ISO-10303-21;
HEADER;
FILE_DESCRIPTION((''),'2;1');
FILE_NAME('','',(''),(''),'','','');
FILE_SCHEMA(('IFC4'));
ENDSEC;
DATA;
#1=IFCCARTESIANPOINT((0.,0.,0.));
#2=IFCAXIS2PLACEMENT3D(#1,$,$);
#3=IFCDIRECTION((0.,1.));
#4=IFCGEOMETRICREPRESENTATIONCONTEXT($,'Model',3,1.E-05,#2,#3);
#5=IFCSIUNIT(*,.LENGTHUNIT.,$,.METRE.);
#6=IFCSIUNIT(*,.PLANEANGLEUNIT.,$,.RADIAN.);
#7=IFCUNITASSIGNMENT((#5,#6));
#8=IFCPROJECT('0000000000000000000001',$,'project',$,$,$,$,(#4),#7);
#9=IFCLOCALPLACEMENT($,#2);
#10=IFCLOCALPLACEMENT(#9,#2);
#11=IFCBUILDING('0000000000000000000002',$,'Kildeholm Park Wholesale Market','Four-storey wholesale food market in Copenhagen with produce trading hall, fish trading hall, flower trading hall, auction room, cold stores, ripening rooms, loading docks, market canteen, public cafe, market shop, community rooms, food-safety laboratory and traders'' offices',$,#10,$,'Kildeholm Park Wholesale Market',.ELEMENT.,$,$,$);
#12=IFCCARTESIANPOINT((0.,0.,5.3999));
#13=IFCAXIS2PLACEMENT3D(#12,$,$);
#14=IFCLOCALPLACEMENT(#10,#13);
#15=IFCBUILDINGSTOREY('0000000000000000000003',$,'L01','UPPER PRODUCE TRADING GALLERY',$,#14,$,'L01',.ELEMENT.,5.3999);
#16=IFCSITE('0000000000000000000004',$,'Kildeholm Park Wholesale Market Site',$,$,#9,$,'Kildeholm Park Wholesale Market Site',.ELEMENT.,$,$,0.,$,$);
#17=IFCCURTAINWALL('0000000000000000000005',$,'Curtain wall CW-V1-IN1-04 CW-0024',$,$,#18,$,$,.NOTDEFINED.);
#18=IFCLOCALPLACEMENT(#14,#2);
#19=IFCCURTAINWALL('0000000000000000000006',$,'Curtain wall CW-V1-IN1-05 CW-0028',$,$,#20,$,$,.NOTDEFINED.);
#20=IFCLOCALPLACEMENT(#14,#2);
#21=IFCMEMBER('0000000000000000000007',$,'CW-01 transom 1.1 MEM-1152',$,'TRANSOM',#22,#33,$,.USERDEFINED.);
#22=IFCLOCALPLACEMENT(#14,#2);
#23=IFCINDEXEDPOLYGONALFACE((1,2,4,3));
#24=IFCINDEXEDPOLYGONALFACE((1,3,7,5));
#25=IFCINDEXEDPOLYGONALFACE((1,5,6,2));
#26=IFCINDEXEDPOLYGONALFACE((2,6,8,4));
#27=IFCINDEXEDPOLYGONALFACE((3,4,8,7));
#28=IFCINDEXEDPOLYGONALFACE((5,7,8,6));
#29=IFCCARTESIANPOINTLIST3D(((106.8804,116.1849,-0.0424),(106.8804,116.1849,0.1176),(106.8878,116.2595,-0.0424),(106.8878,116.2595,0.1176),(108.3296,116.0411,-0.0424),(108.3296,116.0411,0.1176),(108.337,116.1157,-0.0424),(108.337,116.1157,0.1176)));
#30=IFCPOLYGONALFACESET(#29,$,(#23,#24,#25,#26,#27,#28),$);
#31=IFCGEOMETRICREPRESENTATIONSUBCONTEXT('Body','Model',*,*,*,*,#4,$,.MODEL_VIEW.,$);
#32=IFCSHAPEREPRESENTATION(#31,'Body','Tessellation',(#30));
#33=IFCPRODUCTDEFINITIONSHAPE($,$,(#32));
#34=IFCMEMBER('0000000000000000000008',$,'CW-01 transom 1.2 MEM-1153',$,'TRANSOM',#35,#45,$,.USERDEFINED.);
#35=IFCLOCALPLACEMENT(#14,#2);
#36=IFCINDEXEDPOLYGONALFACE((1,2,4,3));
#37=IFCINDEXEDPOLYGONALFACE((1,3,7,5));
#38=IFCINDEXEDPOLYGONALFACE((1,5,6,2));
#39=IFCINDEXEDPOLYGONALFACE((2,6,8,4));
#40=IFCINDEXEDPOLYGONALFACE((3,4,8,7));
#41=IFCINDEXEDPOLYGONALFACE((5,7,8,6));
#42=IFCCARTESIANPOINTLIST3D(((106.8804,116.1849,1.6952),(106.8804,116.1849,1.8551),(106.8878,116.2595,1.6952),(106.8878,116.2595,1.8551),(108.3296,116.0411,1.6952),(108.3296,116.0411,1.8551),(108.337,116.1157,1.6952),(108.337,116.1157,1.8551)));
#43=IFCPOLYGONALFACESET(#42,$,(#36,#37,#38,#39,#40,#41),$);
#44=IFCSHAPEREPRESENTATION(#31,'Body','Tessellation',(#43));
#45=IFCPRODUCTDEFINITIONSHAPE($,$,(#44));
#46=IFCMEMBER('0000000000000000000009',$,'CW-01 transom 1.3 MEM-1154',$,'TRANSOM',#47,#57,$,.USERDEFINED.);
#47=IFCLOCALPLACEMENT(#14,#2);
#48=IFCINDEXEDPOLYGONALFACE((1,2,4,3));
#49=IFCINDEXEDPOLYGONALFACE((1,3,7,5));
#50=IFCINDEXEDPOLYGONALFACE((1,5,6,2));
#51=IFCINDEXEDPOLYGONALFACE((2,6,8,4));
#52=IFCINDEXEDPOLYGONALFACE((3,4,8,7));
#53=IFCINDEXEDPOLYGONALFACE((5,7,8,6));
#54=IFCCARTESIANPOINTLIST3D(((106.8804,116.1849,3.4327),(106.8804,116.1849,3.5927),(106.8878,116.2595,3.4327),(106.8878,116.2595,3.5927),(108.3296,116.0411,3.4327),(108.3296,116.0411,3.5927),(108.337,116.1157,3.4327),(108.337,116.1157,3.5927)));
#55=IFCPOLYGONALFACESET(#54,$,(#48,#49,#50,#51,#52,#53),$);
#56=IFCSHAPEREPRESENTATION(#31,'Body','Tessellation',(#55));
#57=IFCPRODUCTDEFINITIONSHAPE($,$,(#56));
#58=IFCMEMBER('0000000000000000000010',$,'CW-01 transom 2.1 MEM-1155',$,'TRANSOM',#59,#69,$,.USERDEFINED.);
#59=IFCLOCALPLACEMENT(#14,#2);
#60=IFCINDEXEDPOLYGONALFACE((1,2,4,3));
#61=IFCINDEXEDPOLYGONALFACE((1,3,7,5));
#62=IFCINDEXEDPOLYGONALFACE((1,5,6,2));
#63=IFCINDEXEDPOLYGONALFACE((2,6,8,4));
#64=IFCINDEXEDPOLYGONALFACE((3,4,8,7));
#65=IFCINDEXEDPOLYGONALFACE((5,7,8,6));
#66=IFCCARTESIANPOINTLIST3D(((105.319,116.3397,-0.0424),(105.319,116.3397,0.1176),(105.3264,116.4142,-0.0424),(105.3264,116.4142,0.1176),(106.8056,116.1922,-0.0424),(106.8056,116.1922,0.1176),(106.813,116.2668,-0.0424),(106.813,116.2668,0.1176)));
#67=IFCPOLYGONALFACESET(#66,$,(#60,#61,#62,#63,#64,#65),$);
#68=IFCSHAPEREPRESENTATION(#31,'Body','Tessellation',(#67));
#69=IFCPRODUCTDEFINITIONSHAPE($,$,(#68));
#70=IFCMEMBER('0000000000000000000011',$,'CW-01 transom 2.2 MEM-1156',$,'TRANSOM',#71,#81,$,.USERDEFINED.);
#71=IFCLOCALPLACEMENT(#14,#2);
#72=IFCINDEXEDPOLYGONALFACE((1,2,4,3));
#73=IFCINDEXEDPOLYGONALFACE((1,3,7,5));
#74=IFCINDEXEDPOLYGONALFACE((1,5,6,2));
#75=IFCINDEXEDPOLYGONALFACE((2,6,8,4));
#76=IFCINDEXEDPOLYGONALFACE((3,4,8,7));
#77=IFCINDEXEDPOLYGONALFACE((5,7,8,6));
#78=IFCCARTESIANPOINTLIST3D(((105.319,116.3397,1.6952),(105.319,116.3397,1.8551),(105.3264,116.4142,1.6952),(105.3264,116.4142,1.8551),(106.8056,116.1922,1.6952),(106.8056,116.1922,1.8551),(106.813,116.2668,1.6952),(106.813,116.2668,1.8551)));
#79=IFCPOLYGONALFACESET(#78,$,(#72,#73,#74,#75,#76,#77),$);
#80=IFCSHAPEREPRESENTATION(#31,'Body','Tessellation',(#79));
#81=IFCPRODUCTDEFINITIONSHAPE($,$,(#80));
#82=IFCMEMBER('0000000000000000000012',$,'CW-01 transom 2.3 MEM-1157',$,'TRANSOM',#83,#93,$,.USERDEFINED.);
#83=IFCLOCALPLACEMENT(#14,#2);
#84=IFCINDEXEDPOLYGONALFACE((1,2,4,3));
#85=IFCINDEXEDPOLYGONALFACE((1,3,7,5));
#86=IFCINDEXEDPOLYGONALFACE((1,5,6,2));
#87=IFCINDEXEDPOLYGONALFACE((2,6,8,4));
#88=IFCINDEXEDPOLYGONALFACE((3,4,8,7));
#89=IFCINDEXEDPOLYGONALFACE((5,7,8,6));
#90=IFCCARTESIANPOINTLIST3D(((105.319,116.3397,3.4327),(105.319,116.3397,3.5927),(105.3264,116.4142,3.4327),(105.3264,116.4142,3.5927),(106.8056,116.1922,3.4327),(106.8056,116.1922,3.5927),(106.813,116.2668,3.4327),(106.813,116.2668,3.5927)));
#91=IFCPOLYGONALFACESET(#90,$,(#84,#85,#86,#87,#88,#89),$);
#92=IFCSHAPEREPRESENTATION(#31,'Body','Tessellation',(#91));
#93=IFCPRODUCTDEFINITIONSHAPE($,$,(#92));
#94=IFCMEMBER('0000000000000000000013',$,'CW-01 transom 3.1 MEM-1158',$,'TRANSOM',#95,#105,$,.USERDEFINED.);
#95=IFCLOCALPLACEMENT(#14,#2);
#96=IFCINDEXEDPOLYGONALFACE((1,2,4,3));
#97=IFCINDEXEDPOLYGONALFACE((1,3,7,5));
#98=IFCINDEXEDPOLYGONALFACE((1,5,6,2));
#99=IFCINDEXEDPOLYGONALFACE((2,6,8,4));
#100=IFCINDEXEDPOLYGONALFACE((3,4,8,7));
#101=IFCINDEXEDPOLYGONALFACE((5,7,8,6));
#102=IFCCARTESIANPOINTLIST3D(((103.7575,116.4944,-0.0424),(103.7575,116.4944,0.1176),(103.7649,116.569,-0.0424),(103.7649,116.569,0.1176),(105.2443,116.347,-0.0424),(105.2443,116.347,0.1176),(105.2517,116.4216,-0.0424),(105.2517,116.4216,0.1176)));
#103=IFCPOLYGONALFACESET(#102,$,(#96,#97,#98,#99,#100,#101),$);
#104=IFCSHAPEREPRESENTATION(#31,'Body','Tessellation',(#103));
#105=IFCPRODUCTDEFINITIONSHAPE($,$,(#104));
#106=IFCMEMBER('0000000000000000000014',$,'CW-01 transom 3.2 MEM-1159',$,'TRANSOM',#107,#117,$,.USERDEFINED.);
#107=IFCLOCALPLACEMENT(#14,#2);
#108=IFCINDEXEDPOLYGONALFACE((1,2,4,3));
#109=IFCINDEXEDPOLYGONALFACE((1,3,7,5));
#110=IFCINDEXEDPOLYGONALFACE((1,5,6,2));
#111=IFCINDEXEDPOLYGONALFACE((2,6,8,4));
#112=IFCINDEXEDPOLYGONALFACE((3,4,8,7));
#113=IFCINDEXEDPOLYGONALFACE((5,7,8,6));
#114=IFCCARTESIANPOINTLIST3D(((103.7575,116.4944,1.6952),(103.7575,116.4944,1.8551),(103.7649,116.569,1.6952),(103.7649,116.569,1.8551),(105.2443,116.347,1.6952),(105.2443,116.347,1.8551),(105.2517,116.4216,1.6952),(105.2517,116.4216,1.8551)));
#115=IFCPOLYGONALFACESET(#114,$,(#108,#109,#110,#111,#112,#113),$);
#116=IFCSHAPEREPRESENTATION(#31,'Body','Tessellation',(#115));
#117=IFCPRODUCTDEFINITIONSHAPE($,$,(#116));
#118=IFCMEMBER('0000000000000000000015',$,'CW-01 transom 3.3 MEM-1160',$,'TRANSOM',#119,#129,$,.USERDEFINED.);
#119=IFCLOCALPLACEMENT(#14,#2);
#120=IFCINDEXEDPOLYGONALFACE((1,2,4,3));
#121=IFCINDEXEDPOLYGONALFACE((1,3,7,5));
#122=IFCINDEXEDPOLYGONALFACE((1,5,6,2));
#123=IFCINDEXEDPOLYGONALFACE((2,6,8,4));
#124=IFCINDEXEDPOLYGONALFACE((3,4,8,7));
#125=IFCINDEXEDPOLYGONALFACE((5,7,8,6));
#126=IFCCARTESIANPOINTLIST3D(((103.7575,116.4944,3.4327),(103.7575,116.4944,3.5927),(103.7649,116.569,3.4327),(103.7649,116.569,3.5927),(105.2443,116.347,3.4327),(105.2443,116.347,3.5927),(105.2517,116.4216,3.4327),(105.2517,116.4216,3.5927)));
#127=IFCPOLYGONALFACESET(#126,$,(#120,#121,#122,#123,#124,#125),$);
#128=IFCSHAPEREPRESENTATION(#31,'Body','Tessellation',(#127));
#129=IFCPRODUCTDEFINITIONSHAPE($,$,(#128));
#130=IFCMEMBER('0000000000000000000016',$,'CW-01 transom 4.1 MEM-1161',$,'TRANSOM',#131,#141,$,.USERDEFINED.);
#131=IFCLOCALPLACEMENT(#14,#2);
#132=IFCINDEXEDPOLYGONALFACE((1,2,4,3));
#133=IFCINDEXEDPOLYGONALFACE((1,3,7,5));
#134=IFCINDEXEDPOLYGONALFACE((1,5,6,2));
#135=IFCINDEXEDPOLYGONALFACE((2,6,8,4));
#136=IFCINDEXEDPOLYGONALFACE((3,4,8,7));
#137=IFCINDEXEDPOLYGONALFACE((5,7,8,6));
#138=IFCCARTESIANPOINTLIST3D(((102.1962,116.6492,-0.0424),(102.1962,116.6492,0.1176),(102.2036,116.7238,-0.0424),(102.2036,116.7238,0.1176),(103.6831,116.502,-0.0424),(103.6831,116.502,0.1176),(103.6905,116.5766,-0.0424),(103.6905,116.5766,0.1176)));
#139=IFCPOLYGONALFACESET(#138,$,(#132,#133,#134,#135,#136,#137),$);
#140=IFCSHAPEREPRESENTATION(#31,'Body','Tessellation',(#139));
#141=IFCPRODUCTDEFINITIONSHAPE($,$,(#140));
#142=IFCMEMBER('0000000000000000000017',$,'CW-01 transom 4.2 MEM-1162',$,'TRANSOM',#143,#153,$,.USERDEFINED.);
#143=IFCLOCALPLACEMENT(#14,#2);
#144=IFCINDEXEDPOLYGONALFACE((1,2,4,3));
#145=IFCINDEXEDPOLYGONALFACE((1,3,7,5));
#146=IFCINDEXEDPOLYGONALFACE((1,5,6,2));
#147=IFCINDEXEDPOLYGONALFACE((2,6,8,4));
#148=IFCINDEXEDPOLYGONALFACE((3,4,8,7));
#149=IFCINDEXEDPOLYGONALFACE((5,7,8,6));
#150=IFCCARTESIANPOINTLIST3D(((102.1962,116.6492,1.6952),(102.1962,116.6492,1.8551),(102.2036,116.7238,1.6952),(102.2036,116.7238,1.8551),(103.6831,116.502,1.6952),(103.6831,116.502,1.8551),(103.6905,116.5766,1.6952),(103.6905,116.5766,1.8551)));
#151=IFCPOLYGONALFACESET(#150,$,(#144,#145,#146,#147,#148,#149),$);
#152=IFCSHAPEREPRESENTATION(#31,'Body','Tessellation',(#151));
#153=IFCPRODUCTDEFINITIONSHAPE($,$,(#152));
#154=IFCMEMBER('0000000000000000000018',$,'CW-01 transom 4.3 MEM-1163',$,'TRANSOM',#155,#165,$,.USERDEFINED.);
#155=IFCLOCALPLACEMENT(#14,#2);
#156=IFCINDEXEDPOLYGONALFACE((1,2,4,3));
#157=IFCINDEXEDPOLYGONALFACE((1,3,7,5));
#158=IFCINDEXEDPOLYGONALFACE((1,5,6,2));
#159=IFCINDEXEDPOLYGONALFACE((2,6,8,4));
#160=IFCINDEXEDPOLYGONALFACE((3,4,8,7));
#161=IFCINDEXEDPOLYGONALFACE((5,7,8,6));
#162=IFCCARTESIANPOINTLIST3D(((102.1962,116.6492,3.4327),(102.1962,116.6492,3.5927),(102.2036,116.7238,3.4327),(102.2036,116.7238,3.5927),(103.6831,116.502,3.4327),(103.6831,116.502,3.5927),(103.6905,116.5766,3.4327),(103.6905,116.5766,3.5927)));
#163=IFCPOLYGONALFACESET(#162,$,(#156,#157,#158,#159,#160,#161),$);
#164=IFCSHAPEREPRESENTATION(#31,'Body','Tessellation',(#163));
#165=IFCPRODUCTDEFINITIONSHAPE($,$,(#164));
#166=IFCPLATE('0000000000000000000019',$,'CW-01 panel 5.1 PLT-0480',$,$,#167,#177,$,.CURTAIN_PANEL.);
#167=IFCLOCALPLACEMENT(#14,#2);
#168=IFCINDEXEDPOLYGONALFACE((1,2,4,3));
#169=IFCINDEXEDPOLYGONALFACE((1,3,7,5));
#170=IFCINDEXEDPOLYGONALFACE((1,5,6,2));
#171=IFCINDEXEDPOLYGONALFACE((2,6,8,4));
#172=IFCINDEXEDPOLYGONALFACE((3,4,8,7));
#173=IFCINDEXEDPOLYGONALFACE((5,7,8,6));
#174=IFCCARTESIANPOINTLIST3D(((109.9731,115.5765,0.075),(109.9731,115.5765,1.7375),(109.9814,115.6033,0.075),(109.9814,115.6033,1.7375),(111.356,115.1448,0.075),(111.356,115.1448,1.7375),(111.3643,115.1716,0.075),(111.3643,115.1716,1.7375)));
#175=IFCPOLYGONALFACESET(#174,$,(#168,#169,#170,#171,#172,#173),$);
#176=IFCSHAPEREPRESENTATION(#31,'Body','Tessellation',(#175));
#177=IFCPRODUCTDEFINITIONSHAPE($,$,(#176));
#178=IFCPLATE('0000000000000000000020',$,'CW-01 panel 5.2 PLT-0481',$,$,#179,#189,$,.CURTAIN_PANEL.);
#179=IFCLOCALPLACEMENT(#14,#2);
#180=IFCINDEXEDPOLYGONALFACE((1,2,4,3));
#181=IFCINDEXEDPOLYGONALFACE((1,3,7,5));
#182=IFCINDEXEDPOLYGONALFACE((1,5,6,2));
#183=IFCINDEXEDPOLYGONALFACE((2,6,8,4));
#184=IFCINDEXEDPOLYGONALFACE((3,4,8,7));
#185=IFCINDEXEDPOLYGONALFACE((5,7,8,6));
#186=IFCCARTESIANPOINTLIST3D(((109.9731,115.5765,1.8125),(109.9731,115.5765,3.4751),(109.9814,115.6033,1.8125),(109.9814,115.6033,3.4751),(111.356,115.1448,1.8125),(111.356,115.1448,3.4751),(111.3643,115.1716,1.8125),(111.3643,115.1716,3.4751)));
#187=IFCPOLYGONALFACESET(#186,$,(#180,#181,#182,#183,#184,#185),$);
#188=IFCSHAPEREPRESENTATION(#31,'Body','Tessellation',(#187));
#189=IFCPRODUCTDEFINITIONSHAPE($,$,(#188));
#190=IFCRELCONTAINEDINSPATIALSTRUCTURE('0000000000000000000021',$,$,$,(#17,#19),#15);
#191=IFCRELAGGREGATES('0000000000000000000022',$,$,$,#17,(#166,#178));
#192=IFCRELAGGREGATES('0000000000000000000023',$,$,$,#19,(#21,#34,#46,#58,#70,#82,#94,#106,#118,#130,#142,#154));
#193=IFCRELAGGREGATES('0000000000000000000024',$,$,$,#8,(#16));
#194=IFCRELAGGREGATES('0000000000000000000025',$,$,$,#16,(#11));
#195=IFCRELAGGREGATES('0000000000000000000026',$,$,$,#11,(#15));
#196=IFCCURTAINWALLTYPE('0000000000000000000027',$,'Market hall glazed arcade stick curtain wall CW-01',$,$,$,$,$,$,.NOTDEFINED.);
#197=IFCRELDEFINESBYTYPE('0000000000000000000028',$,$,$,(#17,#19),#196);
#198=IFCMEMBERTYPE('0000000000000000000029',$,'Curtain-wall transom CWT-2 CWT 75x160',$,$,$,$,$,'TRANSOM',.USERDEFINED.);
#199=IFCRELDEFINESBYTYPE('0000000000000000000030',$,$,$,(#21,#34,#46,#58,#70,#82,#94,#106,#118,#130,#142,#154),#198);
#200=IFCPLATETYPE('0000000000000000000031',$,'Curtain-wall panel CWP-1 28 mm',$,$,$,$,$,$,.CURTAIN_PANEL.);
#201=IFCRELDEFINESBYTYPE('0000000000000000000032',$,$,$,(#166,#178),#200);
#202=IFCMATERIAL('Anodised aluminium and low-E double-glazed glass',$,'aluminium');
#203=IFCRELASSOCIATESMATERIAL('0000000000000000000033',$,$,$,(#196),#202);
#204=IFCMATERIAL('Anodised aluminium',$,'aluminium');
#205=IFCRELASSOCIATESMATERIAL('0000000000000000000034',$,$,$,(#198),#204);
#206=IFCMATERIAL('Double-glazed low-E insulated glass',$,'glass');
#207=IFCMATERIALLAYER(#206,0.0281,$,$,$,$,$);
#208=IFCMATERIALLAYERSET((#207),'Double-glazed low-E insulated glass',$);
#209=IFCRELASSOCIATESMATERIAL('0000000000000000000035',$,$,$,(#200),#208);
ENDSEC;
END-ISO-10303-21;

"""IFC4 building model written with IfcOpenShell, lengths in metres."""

from ifc_helpers import new_model, si_unit, direction, frame, origin, origin_2d, place, context, subcontext, project, spatial, rectangle, extrude, material, layer, layer_set, material_profile, profile_set, type_object, element, aggregate, save


model = new_model("IFC4")

# Units and contexts
model_context = context("Model", 3, precision=1e-05, world=origin(), true_north=direction((0.0, 1.0)))
body_context = subcontext(model_context, "Body", "Model", "MODEL_VIEW")
ifc_project = project(units=[si_unit("LENGTHUNIT", "METRE"), si_unit("PLANEANGLEUNIT", "RADIAN")], contexts=[model_context])

# Site, building, storey
site_placement = place(None, origin())
site = spatial("IfcSite", under=ifc_project, at=site_placement, Name="Kildeholm Park Wholesale Market Site", LongName="Kildeholm Park Wholesale Market Site", CompositionType="ELEMENT", RefElevation=0.0)
building_placement = place(site_placement, origin())
building = spatial("IfcBuilding", under=site, at=building_placement, Name="Kildeholm Park Wholesale Market", Description="Four-storey wholesale food market in Copenhagen with produce trading hall, fish trading hall, flower trading hall, auction room, cold stores, ripening rooms, loading docks, market canteen, public cafe, market shop, community rooms, food-safety laboratory and traders' offices", LongName="Kildeholm Park Wholesale Market", CompositionType="ELEMENT")
storey_placement = place(building_placement, frame((0.0, 0.0, 5.3999)))
storey = spatial("IfcBuildingStorey", under=building, at=storey_placement, Name="L01", Description="UPPER PRODUCE TRADING GALLERY", LongName="L01", CompositionType="ELEMENT", Elevation=5.3999)

# Curtain walls
ifc_material_1 = material(Name="Anodised aluminium and low-E double-glazed glass", Category="aluminium")
curtain_wall_type = type_object("IfcCurtainWallType", Name="Market hall glazed arcade stick curtain wall CW-01", PredefinedType="NOTDEFINED", material=ifc_material_1)
curtain_wall_1_placement = place(storey_placement, origin())
curtain_wall_1 = element("IfcCurtainWall", 1, at=curtain_wall_1_placement, inside=storey, type_object=curtain_wall_type, Name="Curtain wall CW-V1-IN1-04 CW-0024", PredefinedType="NOTDEFINED")
ifc_material_2 = material(Name="Anodised aluminium", Category="aluminium")
curtain_wall_2_placement = place(storey_placement, origin())
curtain_wall_2 = element("IfcCurtainWall", 2, at=curtain_wall_2_placement, inside=storey, type_object=curtain_wall_type, Name="Curtain wall CW-V1-IN1-05 CW-0028", PredefinedType="NOTDEFINED")

# Members
ifc_material_profile_1 = material_profile(ifc_material_2, rectangle(XDim=0.075, YDim=0.1599, at=origin_2d()), Name="CWT 75x160")
ifc_profile_set_1 = profile_set([ifc_material_profile_1], Name="Anodised aluminium")
member_type_1 = type_object("IfcMemberType", Name="Curtain-wall transom CWT-2 CWT 75x160", ElementType="TRANSOM", PredefinedType="USERDEFINED", material=ifc_profile_set_1)
member_1_placement = place(storey_placement, frame((108.3333, 116.0784, 0.0376), z_axis=(-0.995113, 0.09874, 0.0), x_axis=(-0.09874, -0.995113, 0.0)))
member_1 = element("IfcMember", 3, at=member_1_placement, type_object=member_type_1, Name="CW-01 transom 1.1 MEM-1152", ObjectType="TRANSOM", PredefinedType="USERDEFINED", context=body_context, shape_type="SweptSolid", body=[
    extrude(rectangle(XDim=0.075, YDim=0.1599, at=origin_2d()), origin(), (0.0, 0.0, 1.0), 1.4563),
])
member_2_placement = place(storey_placement, frame((108.3333, 116.0784, 1.7751), z_axis=(-0.995113, 0.09874, 0.0), x_axis=(-0.09874, -0.995113, 0.0)))
member_2 = element("IfcMember", 4, at=member_2_placement, type_object=member_type_1, Name="CW-01 transom 1.2 MEM-1153", ObjectType="TRANSOM", PredefinedType="USERDEFINED", context=body_context, shape_type="SweptSolid", body=[
    extrude(rectangle(XDim=0.075, YDim=0.1599, at=origin_2d()), origin(), (0.0, 0.0, 1.0), 1.4563),
])
member_3_placement = place(storey_placement, frame((108.3333, 116.0784, 3.5127), z_axis=(-0.995113, 0.09874, 0.0), x_axis=(-0.09874, -0.995113, 0.0)))
member_3 = element("IfcMember", 5, at=member_3_placement, type_object=member_type_1, Name="CW-01 transom 1.3 MEM-1154", ObjectType="TRANSOM", PredefinedType="USERDEFINED", context=body_context, shape_type="SweptSolid", body=[
    extrude(rectangle(XDim=0.075, YDim=0.1599, at=origin_2d()), origin(), (0.0, 0.0, 1.0), 1.4563),
])
member_4_placement = place(storey_placement, frame((106.8093, 116.2295, 0.0376), z_axis=(-0.995116, 0.098711, 0.0), x_axis=(-0.098711, -0.995116, 0.0)))
member_4 = element("IfcMember", 6, at=member_4_placement, type_object=member_type_1, Name="CW-01 transom 2.1 MEM-1155", ObjectType="TRANSOM", PredefinedType="USERDEFINED", context=body_context, shape_type="SweptSolid", body=[
    extrude(rectangle(XDim=0.075, YDim=0.1599, at=origin_2d()), origin(), (0.0, 0.0, 1.0), 1.4939),
])
member_5_placement = place(storey_placement, frame((106.8093, 116.2295, 1.7751), z_axis=(-0.995116, 0.098711, 0.0), x_axis=(-0.098711, -0.995116, 0.0)))
member_5 = element("IfcMember", 7, at=member_5_placement, type_object=member_type_1, Name="CW-01 transom 2.2 MEM-1156", ObjectType="TRANSOM", PredefinedType="USERDEFINED", context=body_context, shape_type="SweptSolid", body=[
    extrude(rectangle(XDim=0.075, YDim=0.1599, at=origin_2d()), origin(), (0.0, 0.0, 1.0), 1.4939),
])
member_6_placement = place(storey_placement, frame((106.8093, 116.2295, 3.5127), z_axis=(-0.995116, 0.098711, 0.0), x_axis=(-0.098711, -0.995116, 0.0)))
member_6 = element("IfcMember", 8, at=member_6_placement, type_object=member_type_1, Name="CW-01 transom 2.3 MEM-1157", ObjectType="TRANSOM", PredefinedType="USERDEFINED", context=body_context, shape_type="SweptSolid", body=[
    extrude(rectangle(XDim=0.075, YDim=0.1599, at=origin_2d()), origin(), (0.0, 0.0, 1.0), 1.4939),
])
member_7_placement = place(storey_placement, frame((105.248, 116.3843, 0.0376), z_axis=(-0.995118, 0.098695, 0.0), x_axis=(-0.098695, -0.995118, 0.0)))
member_7 = element("IfcMember", 9, at=member_7_placement, type_object=member_type_1, Name="CW-01 transom 3.1 MEM-1158", ObjectType="TRANSOM", PredefinedType="USERDEFINED", context=body_context, shape_type="SweptSolid", body=[
    extrude(rectangle(XDim=0.075, YDim=0.1599, at=origin_2d()), origin(), (0.0, 0.0, 1.0), 1.4941),
])
member_8_placement = place(storey_placement, frame((105.248, 116.3843, 1.7751), z_axis=(-0.995118, 0.098695, 0.0), x_axis=(-0.098695, -0.995118, 0.0)))
member_8 = element("IfcMember", 10, at=member_8_placement, type_object=member_type_1, Name="CW-01 transom 3.2 MEM-1159", ObjectType="TRANSOM", PredefinedType="USERDEFINED", context=body_context, shape_type="SweptSolid", body=[
    extrude(rectangle(XDim=0.075, YDim=0.1599, at=origin_2d()), origin(), (0.0, 0.0, 1.0), 1.4941),
])
member_9_placement = place(storey_placement, frame((105.248, 116.3843, 3.5127), z_axis=(-0.995118, 0.098695, 0.0), x_axis=(-0.098695, -0.995118, 0.0)))
member_9 = element("IfcMember", 11, at=member_9_placement, type_object=member_type_1, Name="CW-01 transom 3.3 MEM-1160", ObjectType="TRANSOM", PredefinedType="USERDEFINED", context=body_context, shape_type="SweptSolid", body=[
    extrude(rectangle(XDim=0.075, YDim=0.1599, at=origin_2d()), origin(), (0.0, 0.0, 1.0), 1.4941),
])
member_10_placement = place(storey_placement, frame((103.6868, 116.5393, 0.0376), z_axis=(-0.995134, 0.098533, 0.0), x_axis=(-0.098533, -0.995134, 0.0)))
member_10 = element("IfcMember", 12, at=member_10_placement, type_object=member_type_1, Name="CW-01 transom 4.1 MEM-1161", ObjectType="TRANSOM", PredefinedType="USERDEFINED", context=body_context, shape_type="SweptSolid", body=[
    extrude(rectangle(XDim=0.075, YDim=0.1599, at=origin_2d()), origin(), (0.0, 0.0, 1.0), 1.4941),
])
member_11_placement = place(storey_placement, frame((103.6868, 116.5393, 1.7751), z_axis=(-0.995134, 0.098533, 0.0), x_axis=(-0.098533, -0.995134, 0.0)))
member_11 = element("IfcMember", 13, at=member_11_placement, type_object=member_type_1, Name="CW-01 transom 4.2 MEM-1162", ObjectType="TRANSOM", PredefinedType="USERDEFINED", context=body_context, shape_type="SweptSolid", body=[
    extrude(rectangle(XDim=0.075, YDim=0.1599, at=origin_2d()), origin(), (0.0, 0.0, 1.0), 1.4941),
])
member_12_placement = place(storey_placement, frame((103.6868, 116.5393, 3.5127), z_axis=(-0.995134, 0.098533, 0.0), x_axis=(-0.098533, -0.995134, 0.0)))
member_12 = element("IfcMember", 14, at=member_12_placement, type_object=member_type_1, Name="CW-01 transom 4.3 MEM-1163", ObjectType="TRANSOM", PredefinedType="USERDEFINED", context=body_context, shape_type="SweptSolid", body=[
    extrude(rectangle(XDim=0.075, YDim=0.1599, at=origin_2d()), origin(), (0.0, 0.0, 1.0), 1.4941),
])

# Plates
ifc_material_3 = material(Name="Double-glazed low-E insulated glass", Category="glass")
ifc_layer = layer(ifc_material_3, 0.0281)
ifc_layer_set = layer_set([ifc_layer], Name="Double-glazed low-E insulated glass")
plate_type = type_object("IfcPlateType", Name="Curtain-wall panel CWP-1 28 mm", PredefinedType="CURTAIN_PANEL", material=ifc_layer_set)
plate_1_placement = place(storey_placement, frame((110.6687, 115.374, 0.075), z_axis=(0.0, 0.0, 1.0), x_axis=(-0.954579, 0.297957, 0.0)))
plate_1 = element("IfcPlate", 15, at=plate_1_placement, type_object=plate_type, Name="CW-01 panel 5.1 PLT-0480", PredefinedType="CURTAIN_PANEL", context=body_context, shape_type="SweptSolid", body=[
    extrude(rectangle(XDim=1.4487, YDim=0.0281, at=origin_2d()), origin(), (0.0, 0.0, 1.0), 1.6626),
])
plate_2_placement = place(storey_placement, frame((110.6687, 115.374, 1.8125), z_axis=(0.0, 0.0, 1.0), x_axis=(-0.954579, 0.297957, 0.0)))
plate_2 = element("IfcPlate", 16, at=plate_2_placement, type_object=plate_type, Name="CW-01 panel 5.2 PLT-0481", PredefinedType="CURTAIN_PANEL", context=body_context, shape_type="SweptSolid", body=[
    extrude(rectangle(XDim=1.4487, YDim=0.0281, at=origin_2d()), origin(), (0.0, 0.0, 1.0), 1.6626),
])
aggregate(curtain_wall_1, [plate_1, plate_2])
aggregate(curtain_wall_2, [member_1, member_2, member_3, member_4, member_5, member_6, member_7, member_8, member_9, member_10, member_11, member_12])

save(model, "model.ifc")
